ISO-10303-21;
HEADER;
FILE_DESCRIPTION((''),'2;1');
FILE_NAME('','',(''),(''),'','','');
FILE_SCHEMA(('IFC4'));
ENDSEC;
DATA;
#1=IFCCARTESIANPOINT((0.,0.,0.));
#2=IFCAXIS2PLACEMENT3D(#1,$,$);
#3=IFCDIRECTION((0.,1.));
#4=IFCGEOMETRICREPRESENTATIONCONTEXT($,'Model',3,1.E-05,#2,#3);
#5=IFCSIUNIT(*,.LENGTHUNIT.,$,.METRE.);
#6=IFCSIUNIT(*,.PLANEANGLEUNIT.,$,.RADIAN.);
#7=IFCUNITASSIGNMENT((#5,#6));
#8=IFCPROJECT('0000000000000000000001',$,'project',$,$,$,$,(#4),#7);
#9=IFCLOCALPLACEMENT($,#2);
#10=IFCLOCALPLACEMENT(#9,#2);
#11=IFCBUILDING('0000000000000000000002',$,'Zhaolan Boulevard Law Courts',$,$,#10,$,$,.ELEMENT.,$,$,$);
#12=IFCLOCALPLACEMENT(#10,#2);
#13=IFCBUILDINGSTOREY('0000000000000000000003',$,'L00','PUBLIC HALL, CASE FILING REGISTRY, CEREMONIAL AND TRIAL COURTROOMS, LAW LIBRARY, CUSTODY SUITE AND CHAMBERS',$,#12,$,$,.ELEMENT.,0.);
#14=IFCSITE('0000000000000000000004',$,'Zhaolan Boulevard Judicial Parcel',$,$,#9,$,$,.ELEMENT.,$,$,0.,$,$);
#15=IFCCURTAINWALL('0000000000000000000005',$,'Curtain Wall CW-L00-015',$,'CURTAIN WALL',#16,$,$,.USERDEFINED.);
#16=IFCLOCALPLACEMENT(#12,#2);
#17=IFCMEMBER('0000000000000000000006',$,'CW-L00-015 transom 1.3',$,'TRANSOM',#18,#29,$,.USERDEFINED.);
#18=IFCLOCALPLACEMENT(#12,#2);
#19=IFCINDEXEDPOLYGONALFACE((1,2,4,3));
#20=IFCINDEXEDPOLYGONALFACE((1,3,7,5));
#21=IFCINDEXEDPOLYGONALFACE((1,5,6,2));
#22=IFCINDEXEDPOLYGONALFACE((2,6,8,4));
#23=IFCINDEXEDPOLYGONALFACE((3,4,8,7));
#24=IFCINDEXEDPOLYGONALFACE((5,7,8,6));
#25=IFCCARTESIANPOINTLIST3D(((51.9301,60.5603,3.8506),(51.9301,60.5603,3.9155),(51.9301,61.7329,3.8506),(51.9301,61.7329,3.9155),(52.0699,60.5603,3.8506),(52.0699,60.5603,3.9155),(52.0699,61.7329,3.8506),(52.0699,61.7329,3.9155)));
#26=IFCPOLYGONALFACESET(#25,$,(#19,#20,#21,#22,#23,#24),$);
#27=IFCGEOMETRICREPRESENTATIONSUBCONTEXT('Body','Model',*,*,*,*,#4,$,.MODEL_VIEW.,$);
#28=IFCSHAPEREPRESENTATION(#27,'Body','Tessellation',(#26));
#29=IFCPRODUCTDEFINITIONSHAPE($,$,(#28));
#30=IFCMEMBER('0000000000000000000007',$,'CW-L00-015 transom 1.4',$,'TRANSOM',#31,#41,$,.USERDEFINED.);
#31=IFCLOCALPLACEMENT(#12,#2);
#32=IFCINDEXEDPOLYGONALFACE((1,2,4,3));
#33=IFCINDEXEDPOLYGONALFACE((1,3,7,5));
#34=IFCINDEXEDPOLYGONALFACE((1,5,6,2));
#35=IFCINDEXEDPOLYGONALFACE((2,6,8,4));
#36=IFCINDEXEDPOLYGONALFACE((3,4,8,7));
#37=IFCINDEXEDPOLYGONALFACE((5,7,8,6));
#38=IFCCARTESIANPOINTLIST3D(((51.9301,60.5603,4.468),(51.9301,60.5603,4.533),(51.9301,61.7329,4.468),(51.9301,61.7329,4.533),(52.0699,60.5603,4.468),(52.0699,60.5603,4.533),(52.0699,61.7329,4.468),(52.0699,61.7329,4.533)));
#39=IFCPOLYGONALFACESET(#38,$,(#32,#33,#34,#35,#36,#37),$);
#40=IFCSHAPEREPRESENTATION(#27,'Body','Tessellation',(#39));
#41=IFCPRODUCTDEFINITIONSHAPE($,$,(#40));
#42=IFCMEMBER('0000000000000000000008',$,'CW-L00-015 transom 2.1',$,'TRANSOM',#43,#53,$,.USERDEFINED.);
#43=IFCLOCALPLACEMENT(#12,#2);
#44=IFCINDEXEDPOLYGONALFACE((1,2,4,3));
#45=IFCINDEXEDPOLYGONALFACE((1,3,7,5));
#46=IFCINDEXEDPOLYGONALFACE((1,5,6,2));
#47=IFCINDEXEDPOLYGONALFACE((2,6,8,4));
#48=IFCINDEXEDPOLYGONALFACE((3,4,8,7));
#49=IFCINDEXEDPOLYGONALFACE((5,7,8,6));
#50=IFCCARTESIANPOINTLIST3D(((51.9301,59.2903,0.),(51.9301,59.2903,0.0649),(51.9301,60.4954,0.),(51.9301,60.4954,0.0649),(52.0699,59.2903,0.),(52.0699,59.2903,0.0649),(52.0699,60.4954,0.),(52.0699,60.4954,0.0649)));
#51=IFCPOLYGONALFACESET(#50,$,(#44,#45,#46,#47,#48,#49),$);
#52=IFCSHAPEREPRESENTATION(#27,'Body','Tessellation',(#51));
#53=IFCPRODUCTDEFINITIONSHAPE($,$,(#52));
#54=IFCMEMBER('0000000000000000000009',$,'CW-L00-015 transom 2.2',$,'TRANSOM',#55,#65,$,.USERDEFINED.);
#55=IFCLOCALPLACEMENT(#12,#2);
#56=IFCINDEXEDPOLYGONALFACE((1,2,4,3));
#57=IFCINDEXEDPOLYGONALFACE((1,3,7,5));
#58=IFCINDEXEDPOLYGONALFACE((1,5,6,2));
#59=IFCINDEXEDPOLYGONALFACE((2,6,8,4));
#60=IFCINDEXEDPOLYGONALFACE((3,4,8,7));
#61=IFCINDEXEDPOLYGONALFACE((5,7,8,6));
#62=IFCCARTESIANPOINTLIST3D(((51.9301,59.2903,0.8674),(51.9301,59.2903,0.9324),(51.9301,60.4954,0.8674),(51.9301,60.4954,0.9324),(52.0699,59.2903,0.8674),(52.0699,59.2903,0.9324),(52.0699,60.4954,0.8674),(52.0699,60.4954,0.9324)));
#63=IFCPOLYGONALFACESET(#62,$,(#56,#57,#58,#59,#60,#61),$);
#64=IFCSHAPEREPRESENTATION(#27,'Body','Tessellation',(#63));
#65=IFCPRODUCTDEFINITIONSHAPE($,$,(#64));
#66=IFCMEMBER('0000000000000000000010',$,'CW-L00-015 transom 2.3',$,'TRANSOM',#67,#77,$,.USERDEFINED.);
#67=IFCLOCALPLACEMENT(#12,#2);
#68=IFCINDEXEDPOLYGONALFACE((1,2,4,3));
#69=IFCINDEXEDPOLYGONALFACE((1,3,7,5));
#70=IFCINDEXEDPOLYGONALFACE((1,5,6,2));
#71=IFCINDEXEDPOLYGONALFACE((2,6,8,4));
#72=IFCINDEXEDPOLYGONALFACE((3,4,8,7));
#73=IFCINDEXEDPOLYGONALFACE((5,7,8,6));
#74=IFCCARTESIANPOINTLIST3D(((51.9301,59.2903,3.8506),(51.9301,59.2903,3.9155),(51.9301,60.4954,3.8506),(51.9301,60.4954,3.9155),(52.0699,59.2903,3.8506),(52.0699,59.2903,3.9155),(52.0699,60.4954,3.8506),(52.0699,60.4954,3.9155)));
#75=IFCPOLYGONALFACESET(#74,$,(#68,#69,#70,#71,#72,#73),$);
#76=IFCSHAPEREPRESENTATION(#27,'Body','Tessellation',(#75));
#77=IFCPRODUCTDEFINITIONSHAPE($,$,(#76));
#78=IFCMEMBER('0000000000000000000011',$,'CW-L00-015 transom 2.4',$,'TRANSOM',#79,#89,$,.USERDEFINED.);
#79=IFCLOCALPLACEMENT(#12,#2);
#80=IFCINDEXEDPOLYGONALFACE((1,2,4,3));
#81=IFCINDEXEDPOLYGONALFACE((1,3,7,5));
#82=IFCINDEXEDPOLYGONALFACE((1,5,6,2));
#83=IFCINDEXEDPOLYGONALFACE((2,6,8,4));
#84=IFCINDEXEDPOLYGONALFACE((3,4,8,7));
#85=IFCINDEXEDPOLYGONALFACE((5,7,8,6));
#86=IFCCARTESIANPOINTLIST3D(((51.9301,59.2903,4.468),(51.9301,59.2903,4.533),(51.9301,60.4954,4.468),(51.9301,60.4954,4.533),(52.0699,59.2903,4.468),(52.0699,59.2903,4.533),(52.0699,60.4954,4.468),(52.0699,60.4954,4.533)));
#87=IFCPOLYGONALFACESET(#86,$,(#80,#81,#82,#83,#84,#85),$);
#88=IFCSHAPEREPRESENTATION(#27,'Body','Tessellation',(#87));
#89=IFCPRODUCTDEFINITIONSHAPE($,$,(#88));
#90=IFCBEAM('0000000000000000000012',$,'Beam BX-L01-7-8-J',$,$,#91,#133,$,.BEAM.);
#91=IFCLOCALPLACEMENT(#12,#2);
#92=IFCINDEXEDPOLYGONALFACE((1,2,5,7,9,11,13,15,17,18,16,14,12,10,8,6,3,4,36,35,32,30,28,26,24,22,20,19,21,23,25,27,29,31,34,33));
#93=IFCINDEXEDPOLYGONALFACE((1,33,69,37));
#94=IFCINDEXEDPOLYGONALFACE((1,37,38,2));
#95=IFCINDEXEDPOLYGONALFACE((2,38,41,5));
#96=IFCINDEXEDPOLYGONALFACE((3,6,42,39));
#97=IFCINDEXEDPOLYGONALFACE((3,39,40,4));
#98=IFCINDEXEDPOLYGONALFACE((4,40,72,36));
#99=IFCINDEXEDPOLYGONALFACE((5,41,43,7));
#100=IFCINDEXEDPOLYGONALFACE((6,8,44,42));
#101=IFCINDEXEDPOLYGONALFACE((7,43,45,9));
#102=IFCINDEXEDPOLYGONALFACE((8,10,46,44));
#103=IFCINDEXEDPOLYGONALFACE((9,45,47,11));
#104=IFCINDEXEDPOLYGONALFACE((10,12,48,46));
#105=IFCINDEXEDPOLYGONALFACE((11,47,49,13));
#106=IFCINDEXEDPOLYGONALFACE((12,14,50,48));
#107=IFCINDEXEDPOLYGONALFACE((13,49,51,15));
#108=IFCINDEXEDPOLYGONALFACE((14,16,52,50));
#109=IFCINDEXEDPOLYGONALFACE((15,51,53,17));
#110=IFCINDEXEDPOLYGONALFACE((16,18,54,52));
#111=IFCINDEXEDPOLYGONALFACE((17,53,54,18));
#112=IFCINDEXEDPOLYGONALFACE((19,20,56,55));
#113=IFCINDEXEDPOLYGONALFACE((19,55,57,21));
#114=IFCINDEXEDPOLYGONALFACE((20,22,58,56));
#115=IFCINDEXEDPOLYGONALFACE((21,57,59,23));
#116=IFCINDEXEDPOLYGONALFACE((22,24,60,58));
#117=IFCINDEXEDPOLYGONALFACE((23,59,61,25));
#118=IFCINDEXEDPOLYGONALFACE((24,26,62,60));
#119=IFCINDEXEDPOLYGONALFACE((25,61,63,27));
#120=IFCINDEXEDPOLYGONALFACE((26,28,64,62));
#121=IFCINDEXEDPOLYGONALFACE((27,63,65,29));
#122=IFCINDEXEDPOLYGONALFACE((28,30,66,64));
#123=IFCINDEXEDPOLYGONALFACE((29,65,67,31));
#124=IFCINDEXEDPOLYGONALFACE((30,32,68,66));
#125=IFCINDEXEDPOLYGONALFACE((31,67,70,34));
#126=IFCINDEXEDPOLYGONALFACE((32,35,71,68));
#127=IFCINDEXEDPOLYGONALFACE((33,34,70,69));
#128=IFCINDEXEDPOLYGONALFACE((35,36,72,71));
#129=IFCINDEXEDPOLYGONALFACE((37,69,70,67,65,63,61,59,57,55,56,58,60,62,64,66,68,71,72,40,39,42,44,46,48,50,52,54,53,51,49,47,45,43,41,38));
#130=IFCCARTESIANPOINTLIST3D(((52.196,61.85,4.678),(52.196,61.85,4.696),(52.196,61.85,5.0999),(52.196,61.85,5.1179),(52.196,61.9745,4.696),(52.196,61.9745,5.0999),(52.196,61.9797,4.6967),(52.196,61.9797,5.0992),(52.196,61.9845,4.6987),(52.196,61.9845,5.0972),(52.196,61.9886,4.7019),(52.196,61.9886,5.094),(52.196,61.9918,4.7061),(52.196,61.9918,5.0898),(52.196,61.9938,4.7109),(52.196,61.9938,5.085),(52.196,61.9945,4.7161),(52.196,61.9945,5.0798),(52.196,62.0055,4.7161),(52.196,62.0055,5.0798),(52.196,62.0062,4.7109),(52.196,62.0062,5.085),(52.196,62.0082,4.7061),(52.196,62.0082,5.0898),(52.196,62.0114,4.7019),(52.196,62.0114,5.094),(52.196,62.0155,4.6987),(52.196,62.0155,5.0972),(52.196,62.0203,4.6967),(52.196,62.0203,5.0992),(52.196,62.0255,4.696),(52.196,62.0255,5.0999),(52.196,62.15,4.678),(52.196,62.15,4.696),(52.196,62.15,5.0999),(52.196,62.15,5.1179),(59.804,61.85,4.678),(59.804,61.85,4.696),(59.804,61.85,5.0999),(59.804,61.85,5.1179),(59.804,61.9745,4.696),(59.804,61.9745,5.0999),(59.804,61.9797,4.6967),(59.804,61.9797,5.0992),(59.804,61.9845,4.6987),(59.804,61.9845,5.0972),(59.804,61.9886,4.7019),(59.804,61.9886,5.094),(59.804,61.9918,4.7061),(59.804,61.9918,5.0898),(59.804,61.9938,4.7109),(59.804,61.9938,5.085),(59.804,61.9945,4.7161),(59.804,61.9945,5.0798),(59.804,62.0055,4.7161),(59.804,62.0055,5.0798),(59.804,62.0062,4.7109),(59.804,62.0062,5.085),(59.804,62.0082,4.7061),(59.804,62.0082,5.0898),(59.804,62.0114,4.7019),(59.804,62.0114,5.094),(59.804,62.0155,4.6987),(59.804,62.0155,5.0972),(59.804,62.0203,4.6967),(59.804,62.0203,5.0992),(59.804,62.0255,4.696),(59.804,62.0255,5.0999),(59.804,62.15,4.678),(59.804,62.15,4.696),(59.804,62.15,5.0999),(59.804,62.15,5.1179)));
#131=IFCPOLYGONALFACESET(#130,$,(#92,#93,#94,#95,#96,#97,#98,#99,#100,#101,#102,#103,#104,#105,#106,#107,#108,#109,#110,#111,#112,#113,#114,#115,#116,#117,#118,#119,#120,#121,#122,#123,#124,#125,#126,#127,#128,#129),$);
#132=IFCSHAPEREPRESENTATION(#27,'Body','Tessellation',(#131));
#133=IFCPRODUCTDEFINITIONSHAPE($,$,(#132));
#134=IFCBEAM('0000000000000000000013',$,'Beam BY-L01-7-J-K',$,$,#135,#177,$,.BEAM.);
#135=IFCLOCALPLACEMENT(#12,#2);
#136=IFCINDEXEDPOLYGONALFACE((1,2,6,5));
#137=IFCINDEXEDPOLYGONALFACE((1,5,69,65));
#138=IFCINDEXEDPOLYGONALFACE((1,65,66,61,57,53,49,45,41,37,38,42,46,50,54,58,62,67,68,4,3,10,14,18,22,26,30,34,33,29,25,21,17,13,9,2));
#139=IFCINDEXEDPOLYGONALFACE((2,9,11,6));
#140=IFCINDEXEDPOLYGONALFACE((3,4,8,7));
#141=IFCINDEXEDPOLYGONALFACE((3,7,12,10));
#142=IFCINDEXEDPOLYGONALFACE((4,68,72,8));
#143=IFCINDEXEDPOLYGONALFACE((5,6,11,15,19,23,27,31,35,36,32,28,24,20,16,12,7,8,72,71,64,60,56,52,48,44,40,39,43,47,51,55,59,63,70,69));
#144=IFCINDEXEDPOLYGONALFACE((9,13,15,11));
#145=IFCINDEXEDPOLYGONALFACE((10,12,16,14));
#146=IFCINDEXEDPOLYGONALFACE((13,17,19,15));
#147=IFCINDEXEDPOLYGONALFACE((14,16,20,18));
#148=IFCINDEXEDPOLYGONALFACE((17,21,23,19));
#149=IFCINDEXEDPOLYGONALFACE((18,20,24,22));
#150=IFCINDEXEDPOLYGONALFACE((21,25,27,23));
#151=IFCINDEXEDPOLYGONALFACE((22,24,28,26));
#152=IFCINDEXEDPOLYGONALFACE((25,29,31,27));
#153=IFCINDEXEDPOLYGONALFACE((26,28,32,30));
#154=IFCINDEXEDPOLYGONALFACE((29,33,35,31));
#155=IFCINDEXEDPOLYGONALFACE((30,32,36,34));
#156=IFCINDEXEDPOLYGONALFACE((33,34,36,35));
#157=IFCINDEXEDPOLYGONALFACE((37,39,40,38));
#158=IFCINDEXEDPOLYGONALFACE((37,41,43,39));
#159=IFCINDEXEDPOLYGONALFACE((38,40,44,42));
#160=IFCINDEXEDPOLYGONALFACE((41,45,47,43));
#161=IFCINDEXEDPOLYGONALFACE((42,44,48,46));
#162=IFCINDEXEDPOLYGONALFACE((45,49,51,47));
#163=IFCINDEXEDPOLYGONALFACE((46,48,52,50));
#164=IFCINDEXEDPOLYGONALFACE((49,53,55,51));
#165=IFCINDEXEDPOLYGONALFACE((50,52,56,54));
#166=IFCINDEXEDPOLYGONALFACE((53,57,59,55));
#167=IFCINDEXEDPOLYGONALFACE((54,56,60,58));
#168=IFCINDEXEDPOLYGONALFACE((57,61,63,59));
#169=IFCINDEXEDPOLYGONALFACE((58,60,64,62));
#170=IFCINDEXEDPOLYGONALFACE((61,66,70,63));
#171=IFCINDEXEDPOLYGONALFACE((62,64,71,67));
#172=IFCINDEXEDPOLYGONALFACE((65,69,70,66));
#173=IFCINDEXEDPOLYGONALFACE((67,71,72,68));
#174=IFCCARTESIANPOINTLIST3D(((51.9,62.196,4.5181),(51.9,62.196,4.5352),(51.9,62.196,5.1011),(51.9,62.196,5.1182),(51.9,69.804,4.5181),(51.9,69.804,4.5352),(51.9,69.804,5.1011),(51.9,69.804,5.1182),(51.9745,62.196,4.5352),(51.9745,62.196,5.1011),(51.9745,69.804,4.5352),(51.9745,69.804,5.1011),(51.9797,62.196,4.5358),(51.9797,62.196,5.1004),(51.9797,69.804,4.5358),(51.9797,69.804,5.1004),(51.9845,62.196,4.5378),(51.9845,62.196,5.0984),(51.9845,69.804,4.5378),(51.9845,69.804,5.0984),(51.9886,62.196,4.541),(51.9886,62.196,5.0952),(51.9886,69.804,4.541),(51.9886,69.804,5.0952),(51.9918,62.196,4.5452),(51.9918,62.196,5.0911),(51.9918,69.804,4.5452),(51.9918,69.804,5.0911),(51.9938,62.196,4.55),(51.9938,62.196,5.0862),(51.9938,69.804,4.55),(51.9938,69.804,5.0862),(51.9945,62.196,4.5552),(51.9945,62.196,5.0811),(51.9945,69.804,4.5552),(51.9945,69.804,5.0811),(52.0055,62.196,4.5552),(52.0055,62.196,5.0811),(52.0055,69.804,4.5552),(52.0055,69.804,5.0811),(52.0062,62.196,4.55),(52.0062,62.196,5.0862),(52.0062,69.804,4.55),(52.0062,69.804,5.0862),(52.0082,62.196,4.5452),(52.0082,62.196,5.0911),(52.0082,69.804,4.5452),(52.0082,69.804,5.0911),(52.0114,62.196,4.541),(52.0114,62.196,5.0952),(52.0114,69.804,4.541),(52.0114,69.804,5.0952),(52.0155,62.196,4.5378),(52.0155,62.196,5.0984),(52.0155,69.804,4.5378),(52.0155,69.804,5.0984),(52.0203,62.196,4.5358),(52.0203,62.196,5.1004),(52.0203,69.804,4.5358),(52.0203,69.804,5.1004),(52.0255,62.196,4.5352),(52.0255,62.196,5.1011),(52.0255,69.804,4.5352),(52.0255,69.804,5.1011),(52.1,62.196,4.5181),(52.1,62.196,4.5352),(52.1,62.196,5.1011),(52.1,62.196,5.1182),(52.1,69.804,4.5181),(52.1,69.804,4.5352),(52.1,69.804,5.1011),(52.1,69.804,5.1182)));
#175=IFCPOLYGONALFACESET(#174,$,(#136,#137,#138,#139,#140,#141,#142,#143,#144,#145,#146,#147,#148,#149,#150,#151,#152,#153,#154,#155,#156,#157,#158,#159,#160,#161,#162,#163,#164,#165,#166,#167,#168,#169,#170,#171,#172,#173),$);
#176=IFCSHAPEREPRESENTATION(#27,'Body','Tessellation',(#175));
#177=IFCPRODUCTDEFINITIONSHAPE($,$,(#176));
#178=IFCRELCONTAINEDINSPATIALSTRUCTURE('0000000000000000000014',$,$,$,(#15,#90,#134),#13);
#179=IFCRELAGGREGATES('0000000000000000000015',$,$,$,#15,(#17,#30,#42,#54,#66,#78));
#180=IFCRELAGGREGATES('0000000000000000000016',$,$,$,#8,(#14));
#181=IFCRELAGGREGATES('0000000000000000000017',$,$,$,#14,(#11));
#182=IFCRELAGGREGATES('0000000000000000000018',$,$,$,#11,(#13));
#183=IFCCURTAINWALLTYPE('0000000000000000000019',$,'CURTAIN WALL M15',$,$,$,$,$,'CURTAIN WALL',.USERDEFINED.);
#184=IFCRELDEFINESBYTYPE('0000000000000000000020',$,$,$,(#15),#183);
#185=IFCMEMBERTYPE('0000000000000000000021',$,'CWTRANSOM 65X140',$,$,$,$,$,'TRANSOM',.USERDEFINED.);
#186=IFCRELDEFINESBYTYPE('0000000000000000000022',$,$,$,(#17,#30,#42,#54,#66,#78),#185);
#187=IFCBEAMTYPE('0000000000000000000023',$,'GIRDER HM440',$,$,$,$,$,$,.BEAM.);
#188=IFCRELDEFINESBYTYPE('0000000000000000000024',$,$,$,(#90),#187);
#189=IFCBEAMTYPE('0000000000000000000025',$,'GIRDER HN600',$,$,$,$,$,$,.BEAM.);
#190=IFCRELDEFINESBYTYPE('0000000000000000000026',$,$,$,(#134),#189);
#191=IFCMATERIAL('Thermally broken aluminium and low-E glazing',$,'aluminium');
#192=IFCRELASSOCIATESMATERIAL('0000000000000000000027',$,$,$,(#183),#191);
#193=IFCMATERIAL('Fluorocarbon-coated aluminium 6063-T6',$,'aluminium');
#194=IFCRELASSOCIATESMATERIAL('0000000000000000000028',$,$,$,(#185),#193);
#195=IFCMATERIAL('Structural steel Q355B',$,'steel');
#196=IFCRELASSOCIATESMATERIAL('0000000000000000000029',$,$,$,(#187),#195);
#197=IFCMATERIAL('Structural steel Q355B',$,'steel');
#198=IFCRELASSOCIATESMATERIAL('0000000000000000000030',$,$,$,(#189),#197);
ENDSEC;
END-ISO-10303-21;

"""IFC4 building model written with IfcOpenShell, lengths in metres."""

from ifc_helpers import new_model, si_unit, direction, frame, origin, origin_2d, place, context, subcontext, project, spatial, rectangle, i_section, extrude, material, material_profile, profile_set, type_object, element, aggregate, save


model = new_model("IFC4")

# Units and contexts
model_context = context("Model", 3, precision=1e-05, world=origin(), true_north=direction((0.0, 1.0)))
body_context = subcontext(model_context, "Body", "Model", "MODEL_VIEW")
ifc_project = project(units=[si_unit("LENGTHUNIT", "METRE"), si_unit("PLANEANGLEUNIT", "RADIAN")], contexts=[model_context])

# Site, building, storey
site_placement = place(None, origin())
site = spatial("IfcSite", under=ifc_project, at=site_placement, Name="Zhaolan Boulevard Judicial Parcel", CompositionType="ELEMENT", RefElevation=0.0)
building_placement = place(site_placement, origin())
building = spatial("IfcBuilding", under=site, at=building_placement, Name="Zhaolan Boulevard Law Courts", CompositionType="ELEMENT")
storey_placement = place(building_placement, origin())
storey = spatial("IfcBuildingStorey", under=building, at=storey_placement, Name="L00", Description="PUBLIC HALL, CASE FILING REGISTRY, CEREMONIAL AND TRIAL COURTROOMS, LAW LIBRARY, CUSTODY SUITE AND CHAMBERS", CompositionType="ELEMENT", Elevation=0.0)

# Curtain wall, members
ifc_material_1 = material(Name="Thermally broken aluminium and low-E glazing", Category="aluminium")
curtain_wall_type = type_object("IfcCurtainWallType", Name="CURTAIN WALL M15", ElementType="CURTAIN WALL", PredefinedType="USERDEFINED", material=ifc_material_1)
curtain_wall_placement = place(storey_placement, origin())
curtain_wall = element("IfcCurtainWall", 1, at=curtain_wall_placement, inside=storey, type_object=curtain_wall_type, Name="Curtain Wall CW-L00-015", ObjectType="CURTAIN WALL", PredefinedType="USERDEFINED")
ifc_material_2 = material(Name="Fluorocarbon-coated aluminium 6063-T6", Category="aluminium")
ifc_material_profile_1 = material_profile(ifc_material_2, rectangle(XDim=0.1399, YDim=0.0649, at=origin_2d()), Name="AL65x140")
ifc_profile_set_1 = profile_set([ifc_material_profile_1], Name="Fluorocarbon-coated aluminium 6063-T6")
member_type_1 = type_object("IfcMemberType", Name="CWTRANSOM 65X140", ElementType="TRANSOM", PredefinedType="USERDEFINED", material=ifc_profile_set_1)
member_1_placement = place(storey_placement, frame((52.0, 61.7329, 3.8831), z_axis=(0.0, -1.0, 0.0), x_axis=(1.0, 0.0, 0.0)))
member_1 = element("IfcMember", 2, at=member_1_placement, type_object=member_type_1, Name="CW-L00-015 transom 1.3", ObjectType="TRANSOM", PredefinedType="USERDEFINED", context=body_context, shape_type="SweptSolid", body=[
    extrude(rectangle(XDim=0.1399, YDim=0.0649, at=origin_2d()), origin(), (0.0, 0.0, 1.0), 1.1726),
])
member_2_placement = place(storey_placement, frame((52.0, 61.7329, 4.5005), z_axis=(0.0, -1.0, 0.0), x_axis=(1.0, 0.0, 0.0)))
member_2 = element("IfcMember", 3, at=member_2_placement, type_object=member_type_1, Name="CW-L00-015 transom 1.4", ObjectType="TRANSOM", PredefinedType="USERDEFINED", context=body_context, shape_type="SweptSolid", body=[
    extrude(rectangle(XDim=0.1399, YDim=0.0649, at=origin_2d()), origin(), (0.0, 0.0, 1.0), 1.1726),
])
member_3_placement = place(storey_placement, frame((52.0, 60.4954, 0.0325), z_axis=(0.0, -1.0, 0.0), x_axis=(1.0, 0.0, 0.0)))
member_3 = element("IfcMember", 4, at=member_3_placement, type_object=member_type_1, Name="CW-L00-015 transom 2.1", ObjectType="TRANSOM", PredefinedType="USERDEFINED", context=body_context, shape_type="SweptSolid", body=[
    extrude(rectangle(XDim=0.1399, YDim=0.0649, at=origin_2d()), origin(), (0.0, 0.0, 1.0), 1.2051),
])
member_4_placement = place(storey_placement, frame((52.0, 60.4954, 0.8999), z_axis=(0.0, -1.0, 0.0), x_axis=(1.0, 0.0, 0.0)))
member_4 = element("IfcMember", 5, at=member_4_placement, type_object=member_type_1, Name="CW-L00-015 transom 2.2", ObjectType="TRANSOM", PredefinedType="USERDEFINED", context=body_context, shape_type="SweptSolid", body=[
    extrude(rectangle(XDim=0.1399, YDim=0.0649, at=origin_2d()), origin(), (0.0, 0.0, 1.0), 1.2051),
])
member_5_placement = place(storey_placement, frame((52.0, 60.4954, 3.8831), z_axis=(0.0, -1.0, 0.0), x_axis=(1.0, 0.0, 0.0)))
member_5 = element("IfcMember", 6, at=member_5_placement, type_object=member_type_1, Name="CW-L00-015 transom 2.3", ObjectType="TRANSOM", PredefinedType="USERDEFINED", context=body_context, shape_type="SweptSolid", body=[
    extrude(rectangle(XDim=0.1399, YDim=0.0649, at=origin_2d()), origin(), (0.0, 0.0, 1.0), 1.2051),
])
member_6_placement = place(storey_placement, frame((52.0, 60.4954, 4.5005), z_axis=(0.0, -1.0, 0.0), x_axis=(1.0, 0.0, 0.0)))
member_6 = element("IfcMember", 7, at=member_6_placement, type_object=member_type_1, Name="CW-L00-015 transom 2.4", ObjectType="TRANSOM", PredefinedType="USERDEFINED", context=body_context, shape_type="SweptSolid", body=[
    extrude(rectangle(XDim=0.1399, YDim=0.0649, at=origin_2d()), origin(), (0.0, 0.0, 1.0), 1.2051),
])

# Beams
ifc_material_3 = material(Name="Structural steel Q355B", Category="steel")
ifc_material_profile_2 = material_profile(ifc_material_3, i_section(OverallWidth=0.3, OverallDepth=0.4399, WebThickness=0.011, FlangeThickness=0.0181, FilletRadius=0.02, at=origin_2d()), Name="HM440x300")
ifc_profile_set_2 = profile_set([ifc_material_profile_2], Name="Structural steel Q355B")
beam_type_1 = type_object("IfcBeamType", Name="GIRDER HM440", PredefinedType="BEAM", material=ifc_profile_set_2)
beam_placement = place(storey_placement, frame((52.196, 62.0, 4.8979), z_axis=(1.0, 0.0, 0.0), x_axis=(0.0, 1.0, 0.0)))
element("IfcBeam", 8, at=beam_placement, inside=storey, type_object=beam_type_1, Name="Beam BX-L01-7-8-J", PredefinedType="BEAM", context=body_context, shape_type="SweptSolid", body=[
    extrude(i_section(OverallWidth=0.3, OverallDepth=0.4399, WebThickness=0.011, FlangeThickness=0.0181, FilletRadius=0.02, at=origin_2d()), origin(), (0.0, 0.0, 1.0), 7.6079),
])
ifc_material_4 = material(Name="Structural steel Q355B", Category="steel")
ifc_material_profile_3 = material_profile(ifc_material_4, i_section(OverallWidth=0.2, OverallDepth=0.6001, WebThickness=0.011, FlangeThickness=0.0171, FilletRadius=0.02, at=origin_2d()), Name="HN600x200")
ifc_profile_set_3 = profile_set([ifc_material_profile_3], Name="Structural steel Q355B")
beam_type_2 = type_object("IfcBeamType", Name="GIRDER HN600", PredefinedType="BEAM", material=ifc_profile_set_3)
for number, where, z_axis, x_axis, name in (
    (9, (52.0, 62.196, 4.8181), (0.0, 1.0, 0.0), (-1.0, 0.0, 0.0), "Beam BY-L01-7-J-K"),
):
    element("IfcBeam", number, at=place(storey_placement, frame(where, z_axis=z_axis, x_axis=x_axis)), inside=storey, type_object=beam_type_2, Name=name, PredefinedType="BEAM", context=body_context, shape_type="SweptSolid", body=[
        extrude(i_section(OverallWidth=0.2, OverallDepth=0.6001, WebThickness=0.011, FlangeThickness=0.0171, FilletRadius=0.02, at=origin_2d()), origin(), (0.0, 0.0, 1.0), 7.6079),
    ])

aggregate(curtain_wall, [member_1, member_2, member_3, member_4, member_5, member_6])

save(model, "model.ifc")
